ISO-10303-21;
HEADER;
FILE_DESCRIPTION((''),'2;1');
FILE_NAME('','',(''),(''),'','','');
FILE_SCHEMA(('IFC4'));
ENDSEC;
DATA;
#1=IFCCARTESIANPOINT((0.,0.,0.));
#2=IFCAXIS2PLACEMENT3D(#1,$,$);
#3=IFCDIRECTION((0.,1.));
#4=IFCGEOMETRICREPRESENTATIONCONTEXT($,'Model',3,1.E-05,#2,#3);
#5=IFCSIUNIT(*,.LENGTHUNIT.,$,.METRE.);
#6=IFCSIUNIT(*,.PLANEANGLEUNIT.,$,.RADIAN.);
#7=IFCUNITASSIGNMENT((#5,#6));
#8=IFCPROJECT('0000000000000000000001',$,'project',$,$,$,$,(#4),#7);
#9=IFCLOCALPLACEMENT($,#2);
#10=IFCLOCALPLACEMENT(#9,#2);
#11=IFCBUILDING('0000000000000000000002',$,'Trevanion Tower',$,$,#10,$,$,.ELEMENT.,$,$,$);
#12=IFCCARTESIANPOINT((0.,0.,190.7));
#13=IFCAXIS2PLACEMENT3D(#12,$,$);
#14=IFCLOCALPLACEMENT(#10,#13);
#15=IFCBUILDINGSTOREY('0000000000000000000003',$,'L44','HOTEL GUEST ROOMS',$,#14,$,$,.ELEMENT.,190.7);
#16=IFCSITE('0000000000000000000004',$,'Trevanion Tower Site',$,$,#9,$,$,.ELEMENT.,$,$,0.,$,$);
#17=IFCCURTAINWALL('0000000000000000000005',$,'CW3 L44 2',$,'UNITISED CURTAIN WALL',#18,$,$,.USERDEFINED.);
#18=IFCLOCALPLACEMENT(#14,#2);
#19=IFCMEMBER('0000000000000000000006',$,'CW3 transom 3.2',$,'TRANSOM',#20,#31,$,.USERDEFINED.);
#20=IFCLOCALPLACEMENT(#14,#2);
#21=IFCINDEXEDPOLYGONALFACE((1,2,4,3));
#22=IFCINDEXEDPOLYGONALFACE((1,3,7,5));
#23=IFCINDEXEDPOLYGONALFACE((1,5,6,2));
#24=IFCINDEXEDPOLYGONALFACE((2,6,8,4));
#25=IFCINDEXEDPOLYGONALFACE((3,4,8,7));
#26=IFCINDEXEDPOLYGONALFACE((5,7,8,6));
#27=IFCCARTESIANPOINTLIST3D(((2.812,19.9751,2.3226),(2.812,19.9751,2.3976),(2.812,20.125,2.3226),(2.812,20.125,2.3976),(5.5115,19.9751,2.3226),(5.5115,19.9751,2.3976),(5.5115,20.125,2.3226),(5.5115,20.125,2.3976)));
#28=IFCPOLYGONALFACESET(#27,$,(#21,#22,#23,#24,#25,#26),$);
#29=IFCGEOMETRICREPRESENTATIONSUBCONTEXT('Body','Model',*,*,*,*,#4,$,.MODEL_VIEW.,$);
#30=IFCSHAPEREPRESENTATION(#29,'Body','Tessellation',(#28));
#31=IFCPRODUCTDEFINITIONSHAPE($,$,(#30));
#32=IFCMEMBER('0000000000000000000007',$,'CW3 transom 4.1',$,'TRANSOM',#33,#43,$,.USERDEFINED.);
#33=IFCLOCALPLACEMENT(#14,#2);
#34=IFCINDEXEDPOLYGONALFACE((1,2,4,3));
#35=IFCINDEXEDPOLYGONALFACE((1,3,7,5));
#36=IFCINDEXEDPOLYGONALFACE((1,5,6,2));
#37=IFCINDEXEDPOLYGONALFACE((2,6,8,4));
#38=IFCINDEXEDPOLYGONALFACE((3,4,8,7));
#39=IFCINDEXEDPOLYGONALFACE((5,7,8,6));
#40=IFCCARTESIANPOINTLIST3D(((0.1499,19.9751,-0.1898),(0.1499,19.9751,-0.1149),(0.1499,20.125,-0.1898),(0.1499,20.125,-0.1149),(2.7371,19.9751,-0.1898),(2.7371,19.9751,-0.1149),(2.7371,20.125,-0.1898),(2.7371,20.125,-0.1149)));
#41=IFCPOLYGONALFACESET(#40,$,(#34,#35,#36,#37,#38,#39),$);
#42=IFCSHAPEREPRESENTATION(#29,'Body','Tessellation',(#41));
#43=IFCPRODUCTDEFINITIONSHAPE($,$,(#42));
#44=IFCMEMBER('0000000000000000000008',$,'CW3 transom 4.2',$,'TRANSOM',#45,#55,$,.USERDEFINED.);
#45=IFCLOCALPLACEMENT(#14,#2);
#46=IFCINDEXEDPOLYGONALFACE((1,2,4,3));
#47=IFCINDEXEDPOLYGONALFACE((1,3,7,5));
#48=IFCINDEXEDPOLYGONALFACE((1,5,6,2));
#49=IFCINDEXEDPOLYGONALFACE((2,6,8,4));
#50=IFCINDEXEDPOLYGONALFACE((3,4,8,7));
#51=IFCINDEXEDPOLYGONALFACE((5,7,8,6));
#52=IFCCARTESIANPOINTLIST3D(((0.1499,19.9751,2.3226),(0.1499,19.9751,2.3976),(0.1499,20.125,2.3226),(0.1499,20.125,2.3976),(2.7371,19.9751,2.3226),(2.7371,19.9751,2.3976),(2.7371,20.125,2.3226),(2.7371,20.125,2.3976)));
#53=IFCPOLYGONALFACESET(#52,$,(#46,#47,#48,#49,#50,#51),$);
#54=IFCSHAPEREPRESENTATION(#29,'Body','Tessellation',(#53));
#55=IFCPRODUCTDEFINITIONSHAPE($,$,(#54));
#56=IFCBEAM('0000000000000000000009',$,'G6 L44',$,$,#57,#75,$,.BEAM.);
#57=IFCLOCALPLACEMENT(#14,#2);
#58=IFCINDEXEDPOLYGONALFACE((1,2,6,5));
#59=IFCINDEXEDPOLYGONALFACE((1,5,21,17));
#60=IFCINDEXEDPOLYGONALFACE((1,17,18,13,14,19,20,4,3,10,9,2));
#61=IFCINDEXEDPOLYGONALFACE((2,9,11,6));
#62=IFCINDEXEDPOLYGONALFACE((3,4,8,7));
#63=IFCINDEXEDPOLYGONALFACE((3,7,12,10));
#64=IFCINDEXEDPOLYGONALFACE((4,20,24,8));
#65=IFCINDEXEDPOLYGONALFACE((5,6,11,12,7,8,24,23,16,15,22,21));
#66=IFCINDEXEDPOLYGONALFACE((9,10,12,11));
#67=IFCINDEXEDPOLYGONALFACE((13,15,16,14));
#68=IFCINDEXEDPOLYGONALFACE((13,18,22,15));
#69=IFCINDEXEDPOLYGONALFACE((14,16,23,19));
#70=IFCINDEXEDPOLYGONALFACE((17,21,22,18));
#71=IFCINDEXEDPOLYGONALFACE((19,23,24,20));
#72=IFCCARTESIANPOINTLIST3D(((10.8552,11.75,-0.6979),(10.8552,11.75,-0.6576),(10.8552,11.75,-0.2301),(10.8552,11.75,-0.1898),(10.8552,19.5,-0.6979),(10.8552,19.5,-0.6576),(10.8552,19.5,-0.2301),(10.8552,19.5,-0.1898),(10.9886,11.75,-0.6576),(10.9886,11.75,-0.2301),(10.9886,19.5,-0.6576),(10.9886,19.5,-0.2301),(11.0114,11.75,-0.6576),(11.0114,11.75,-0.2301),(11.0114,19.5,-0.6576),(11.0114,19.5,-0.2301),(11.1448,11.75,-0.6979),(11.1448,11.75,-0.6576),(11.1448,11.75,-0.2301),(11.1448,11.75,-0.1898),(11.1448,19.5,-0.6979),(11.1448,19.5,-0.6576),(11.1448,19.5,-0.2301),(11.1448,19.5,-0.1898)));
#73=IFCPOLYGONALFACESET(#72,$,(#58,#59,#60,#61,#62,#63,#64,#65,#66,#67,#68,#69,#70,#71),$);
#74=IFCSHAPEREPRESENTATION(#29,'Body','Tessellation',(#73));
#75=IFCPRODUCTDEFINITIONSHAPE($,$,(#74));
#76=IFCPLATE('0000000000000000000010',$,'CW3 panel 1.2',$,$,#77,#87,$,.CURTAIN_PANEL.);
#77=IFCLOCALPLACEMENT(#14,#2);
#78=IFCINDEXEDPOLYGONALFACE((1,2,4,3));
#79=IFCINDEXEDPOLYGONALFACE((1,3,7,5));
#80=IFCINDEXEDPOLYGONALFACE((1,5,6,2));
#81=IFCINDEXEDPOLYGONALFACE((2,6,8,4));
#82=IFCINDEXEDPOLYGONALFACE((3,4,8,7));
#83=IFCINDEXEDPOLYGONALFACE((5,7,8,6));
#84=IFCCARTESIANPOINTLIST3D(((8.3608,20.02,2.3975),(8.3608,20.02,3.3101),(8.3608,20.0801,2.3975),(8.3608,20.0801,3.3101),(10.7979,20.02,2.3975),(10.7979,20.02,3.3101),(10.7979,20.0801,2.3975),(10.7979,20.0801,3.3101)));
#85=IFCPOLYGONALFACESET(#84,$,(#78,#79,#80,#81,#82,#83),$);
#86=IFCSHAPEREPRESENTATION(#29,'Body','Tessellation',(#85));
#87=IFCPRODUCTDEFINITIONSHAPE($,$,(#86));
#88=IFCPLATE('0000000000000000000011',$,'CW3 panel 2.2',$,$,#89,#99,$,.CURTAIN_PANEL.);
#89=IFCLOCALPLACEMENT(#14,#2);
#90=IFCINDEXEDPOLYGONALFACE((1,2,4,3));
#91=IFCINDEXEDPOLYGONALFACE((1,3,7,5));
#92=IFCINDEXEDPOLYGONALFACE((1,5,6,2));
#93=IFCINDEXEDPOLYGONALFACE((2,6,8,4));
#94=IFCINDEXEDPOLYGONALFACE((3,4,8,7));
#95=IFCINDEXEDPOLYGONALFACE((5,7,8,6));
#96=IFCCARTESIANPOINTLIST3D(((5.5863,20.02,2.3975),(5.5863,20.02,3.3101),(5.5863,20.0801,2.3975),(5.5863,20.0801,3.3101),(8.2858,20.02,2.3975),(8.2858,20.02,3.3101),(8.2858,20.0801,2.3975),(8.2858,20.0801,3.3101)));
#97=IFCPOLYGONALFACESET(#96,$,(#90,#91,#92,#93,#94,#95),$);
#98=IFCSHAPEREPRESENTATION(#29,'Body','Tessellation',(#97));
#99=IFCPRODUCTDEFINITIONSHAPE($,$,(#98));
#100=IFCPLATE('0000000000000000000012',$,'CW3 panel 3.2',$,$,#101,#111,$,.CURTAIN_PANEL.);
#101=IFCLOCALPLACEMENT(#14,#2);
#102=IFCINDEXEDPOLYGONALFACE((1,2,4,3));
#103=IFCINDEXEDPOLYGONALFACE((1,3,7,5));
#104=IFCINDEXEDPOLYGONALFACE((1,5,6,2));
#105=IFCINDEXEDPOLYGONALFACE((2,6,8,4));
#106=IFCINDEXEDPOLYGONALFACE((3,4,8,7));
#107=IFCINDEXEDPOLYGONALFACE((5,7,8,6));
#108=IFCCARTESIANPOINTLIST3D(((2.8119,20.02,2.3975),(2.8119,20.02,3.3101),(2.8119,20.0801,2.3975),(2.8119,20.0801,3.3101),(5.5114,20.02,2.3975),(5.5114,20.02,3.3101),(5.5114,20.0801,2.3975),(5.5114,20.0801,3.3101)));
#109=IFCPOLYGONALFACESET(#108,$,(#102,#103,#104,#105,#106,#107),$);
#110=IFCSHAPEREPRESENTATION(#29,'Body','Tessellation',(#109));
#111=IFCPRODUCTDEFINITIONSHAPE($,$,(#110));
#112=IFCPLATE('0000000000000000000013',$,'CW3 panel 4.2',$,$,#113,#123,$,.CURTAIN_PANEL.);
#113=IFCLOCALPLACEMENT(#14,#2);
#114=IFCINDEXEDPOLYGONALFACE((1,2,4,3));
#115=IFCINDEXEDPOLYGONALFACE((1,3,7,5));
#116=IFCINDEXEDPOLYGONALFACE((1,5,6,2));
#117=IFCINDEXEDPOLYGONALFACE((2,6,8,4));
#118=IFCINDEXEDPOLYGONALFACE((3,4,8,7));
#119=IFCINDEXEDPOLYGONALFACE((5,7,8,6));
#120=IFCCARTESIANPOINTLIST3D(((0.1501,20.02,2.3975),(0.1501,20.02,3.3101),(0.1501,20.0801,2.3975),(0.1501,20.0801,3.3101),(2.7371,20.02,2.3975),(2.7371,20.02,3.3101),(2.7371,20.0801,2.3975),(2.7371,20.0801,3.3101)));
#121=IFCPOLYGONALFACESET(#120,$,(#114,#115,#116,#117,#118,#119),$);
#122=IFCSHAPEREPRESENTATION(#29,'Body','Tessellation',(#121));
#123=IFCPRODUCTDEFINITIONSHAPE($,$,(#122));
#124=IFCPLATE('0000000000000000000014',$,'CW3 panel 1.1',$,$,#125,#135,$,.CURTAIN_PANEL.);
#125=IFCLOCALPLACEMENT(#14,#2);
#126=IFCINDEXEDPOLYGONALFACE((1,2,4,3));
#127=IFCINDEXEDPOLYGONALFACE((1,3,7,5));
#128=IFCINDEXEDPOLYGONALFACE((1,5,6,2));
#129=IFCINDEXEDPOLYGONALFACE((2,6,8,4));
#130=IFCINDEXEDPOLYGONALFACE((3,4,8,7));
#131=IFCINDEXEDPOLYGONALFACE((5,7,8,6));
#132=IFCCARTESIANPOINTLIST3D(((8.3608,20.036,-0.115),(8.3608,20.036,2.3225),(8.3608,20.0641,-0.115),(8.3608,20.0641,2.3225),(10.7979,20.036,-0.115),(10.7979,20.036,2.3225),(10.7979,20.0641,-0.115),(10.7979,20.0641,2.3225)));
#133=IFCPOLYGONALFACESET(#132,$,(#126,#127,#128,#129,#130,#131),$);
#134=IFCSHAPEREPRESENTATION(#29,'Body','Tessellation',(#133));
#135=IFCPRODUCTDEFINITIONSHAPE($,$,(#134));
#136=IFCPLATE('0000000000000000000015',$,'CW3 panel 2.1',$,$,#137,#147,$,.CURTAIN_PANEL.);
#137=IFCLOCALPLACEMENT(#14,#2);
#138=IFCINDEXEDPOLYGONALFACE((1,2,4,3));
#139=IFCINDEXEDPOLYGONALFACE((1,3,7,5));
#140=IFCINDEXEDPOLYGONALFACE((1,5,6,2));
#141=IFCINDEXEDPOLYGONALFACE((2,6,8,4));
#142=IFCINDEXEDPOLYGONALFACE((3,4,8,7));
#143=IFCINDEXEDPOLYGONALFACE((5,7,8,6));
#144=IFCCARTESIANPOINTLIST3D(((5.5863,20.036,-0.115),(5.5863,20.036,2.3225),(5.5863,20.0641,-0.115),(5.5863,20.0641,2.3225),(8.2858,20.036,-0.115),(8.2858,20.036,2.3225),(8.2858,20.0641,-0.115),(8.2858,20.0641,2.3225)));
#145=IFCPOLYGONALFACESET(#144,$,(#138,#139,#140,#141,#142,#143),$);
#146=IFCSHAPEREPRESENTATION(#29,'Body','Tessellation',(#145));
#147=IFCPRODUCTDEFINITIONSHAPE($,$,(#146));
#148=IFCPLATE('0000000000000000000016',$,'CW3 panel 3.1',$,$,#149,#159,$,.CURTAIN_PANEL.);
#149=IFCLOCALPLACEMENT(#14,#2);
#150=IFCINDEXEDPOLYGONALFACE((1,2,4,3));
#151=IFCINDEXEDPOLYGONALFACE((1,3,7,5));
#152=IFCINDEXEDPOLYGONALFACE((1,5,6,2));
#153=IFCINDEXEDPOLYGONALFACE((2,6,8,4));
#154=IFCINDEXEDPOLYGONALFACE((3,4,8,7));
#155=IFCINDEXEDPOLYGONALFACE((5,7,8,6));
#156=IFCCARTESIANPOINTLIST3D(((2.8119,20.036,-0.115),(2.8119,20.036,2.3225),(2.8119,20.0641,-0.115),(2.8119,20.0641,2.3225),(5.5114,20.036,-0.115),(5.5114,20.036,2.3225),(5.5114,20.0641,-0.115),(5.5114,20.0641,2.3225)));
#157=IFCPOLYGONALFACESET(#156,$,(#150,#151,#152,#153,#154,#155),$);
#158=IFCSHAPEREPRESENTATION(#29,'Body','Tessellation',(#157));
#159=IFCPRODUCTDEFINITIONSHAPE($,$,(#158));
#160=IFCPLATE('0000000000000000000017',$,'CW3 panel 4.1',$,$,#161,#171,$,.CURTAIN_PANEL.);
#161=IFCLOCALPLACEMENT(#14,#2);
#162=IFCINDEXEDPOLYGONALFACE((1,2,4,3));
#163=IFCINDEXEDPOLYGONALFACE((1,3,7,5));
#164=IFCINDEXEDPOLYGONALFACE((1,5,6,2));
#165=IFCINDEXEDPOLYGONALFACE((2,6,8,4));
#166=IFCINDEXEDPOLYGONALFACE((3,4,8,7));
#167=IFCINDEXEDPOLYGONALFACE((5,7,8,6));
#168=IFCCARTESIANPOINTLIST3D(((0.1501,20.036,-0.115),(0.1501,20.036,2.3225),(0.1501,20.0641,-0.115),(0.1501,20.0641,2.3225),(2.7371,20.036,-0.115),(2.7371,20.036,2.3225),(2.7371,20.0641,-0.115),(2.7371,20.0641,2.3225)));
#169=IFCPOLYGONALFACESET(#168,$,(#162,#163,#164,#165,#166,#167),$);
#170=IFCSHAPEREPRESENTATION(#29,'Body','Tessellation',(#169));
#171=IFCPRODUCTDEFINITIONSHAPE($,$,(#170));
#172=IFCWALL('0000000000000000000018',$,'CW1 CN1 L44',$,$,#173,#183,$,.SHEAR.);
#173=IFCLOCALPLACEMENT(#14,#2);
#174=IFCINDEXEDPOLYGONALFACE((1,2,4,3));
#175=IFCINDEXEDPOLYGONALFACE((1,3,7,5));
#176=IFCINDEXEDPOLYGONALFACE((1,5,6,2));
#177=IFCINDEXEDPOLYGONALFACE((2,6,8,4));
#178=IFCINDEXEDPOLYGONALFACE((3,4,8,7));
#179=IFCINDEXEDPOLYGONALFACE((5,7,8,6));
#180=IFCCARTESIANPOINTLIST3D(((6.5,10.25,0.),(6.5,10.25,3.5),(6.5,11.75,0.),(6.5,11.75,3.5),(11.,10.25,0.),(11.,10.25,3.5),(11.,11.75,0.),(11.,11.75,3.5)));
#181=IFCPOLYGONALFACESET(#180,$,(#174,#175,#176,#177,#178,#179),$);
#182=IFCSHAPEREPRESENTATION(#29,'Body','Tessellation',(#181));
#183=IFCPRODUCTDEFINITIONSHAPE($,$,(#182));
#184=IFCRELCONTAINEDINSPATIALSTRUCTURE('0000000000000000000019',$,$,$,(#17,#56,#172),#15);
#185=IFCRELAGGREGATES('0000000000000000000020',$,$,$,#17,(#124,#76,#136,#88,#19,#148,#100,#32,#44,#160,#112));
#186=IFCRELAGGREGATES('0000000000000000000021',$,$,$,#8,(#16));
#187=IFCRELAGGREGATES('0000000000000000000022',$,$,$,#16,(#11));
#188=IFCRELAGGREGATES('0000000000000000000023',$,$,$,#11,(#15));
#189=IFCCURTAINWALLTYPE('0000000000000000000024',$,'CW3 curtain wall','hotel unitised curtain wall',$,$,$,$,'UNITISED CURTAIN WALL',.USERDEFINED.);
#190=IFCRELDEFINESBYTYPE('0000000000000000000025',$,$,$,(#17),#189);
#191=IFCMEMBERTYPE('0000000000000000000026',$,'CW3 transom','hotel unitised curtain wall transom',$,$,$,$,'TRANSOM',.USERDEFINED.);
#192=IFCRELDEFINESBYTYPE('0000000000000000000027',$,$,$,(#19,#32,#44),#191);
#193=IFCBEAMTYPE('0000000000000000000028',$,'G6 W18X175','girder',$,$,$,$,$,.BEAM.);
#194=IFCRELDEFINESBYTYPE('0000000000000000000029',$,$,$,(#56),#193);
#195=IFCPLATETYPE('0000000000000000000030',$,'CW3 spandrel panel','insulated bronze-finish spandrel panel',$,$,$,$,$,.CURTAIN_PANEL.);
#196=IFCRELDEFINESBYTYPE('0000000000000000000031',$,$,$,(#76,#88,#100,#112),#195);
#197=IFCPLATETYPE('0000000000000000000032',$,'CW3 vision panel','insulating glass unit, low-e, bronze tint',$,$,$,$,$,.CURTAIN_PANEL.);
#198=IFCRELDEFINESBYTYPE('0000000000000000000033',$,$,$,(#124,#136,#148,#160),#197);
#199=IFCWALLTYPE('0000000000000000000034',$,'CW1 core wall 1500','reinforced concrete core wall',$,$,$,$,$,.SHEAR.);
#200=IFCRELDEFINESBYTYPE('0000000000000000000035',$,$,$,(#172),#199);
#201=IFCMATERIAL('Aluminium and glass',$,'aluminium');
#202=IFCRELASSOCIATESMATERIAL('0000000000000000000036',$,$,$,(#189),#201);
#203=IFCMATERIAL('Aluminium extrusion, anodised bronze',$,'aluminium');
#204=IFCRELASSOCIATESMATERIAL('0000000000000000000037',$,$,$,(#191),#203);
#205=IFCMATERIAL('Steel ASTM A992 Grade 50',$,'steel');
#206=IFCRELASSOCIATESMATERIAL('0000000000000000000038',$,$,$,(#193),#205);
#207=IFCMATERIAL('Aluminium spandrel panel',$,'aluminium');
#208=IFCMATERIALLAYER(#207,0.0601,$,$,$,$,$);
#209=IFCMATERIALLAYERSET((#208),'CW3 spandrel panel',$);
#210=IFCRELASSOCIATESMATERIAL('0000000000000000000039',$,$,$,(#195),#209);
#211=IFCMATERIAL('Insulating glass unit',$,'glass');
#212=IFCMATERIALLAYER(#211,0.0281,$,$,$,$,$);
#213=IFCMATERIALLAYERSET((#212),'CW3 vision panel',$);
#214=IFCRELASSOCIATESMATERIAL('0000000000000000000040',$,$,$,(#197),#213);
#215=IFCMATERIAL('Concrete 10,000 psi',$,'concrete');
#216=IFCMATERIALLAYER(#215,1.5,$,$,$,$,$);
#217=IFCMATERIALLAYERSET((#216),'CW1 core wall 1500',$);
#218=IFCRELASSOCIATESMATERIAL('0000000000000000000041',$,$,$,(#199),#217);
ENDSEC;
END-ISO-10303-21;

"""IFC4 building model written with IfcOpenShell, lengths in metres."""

from ifc_helpers import new_model, si_unit, direction, frame, frame_2d, origin, origin_2d, place, context, subcontext, project, spatial, rectangle, i_section, extrude, material, layer, layer_set, material_profile, profile_set, type_object, element, aggregate, save


model = new_model("IFC4")

# Units and contexts
model_context = context("Model", 3, precision=1e-05, world=origin(), true_north=direction((0.0, 1.0)))
body_context = subcontext(model_context, "Body", "Model", "MODEL_VIEW")
ifc_project = project(units=[si_unit("LENGTHUNIT", "METRE"), si_unit("PLANEANGLEUNIT", "RADIAN")], contexts=[model_context])

# Site, building, storey
site_placement = place(None, origin())
site = spatial("IfcSite", under=ifc_project, at=site_placement, Name="Trevanion Tower Site", CompositionType="ELEMENT", RefElevation=0.0)
building_placement = place(site_placement, origin())
building = spatial("IfcBuilding", under=site, at=building_placement, Name="Trevanion Tower", CompositionType="ELEMENT")
storey_placement = place(building_placement, frame((0.0, 0.0, 190.7)))
storey = spatial("IfcBuildingStorey", under=building, at=storey_placement, Name="L44", Description="HOTEL GUEST ROOMS", CompositionType="ELEMENT", Elevation=190.7)

# Curtain wall, members
ifc_material_1 = material(Name="Aluminium and glass", Category="aluminium")
curtain_wall_type = type_object("IfcCurtainWallType", Name="CW3 curtain wall", Description="hotel unitised curtain wall", ElementType="UNITISED CURTAIN WALL", PredefinedType="USERDEFINED", material=ifc_material_1)
curtain_wall_placement = place(storey_placement, origin())
curtain_wall = element("IfcCurtainWall", 1, at=curtain_wall_placement, inside=storey, type_object=curtain_wall_type, Name="CW3 L44 2", ObjectType="UNITISED CURTAIN WALL", PredefinedType="USERDEFINED")
ifc_material_2 = material(Name="Aluminium extrusion, anodised bronze", Category="aluminium")
ifc_material_profile_1 = material_profile(ifc_material_2, rectangle(XDim=0.1499, YDim=0.075, at=origin_2d()), Name="CW3 transom")
ifc_profile_set_1 = profile_set([ifc_material_profile_1], Name="Aluminium extrusion, anodised bronze")
member_type_1 = type_object("IfcMemberType", Name="CW3 transom", Description="hotel unitised curtain wall transom", ElementType="TRANSOM", PredefinedType="USERDEFINED", material=ifc_profile_set_1)
member_1_placement = place(storey_placement, frame((5.5115, 20.05, 2.3601), z_axis=(-1.0, 0.0, 0.0), x_axis=(0.0, -1.0, 0.0)))
member_1 = element("IfcMember", 2, at=member_1_placement, type_object=member_type_1, Name="CW3 transom 3.2", ObjectType="TRANSOM", PredefinedType="USERDEFINED", context=body_context, shape_type="SweptSolid", body=[
    extrude(rectangle(XDim=0.1499, YDim=0.075, at=origin_2d()), origin(), (0.0, 0.0, 1.0), 2.6995),
])
member_2_placement = place(storey_placement, frame((2.7371, 20.05, -0.1523), z_axis=(-1.0, 0.0, 0.0), x_axis=(0.0, -1.0, 0.0)))
member_2 = element("IfcMember", 3, at=member_2_placement, type_object=member_type_1, Name="CW3 transom 4.1", ObjectType="TRANSOM", PredefinedType="USERDEFINED", context=body_context, shape_type="SweptSolid", body=[
    extrude(rectangle(XDim=0.1499, YDim=0.075, at=origin_2d()), origin(), (0.0, 0.0, 1.0), 2.5872),
])
member_3_placement = place(storey_placement, frame((2.7371, 20.05, 2.3601), z_axis=(-1.0, 0.0, 0.0), x_axis=(0.0, -1.0, 0.0)))
member_3 = element("IfcMember", 4, at=member_3_placement, type_object=member_type_1, Name="CW3 transom 4.2", ObjectType="TRANSOM", PredefinedType="USERDEFINED", context=body_context, shape_type="SweptSolid", body=[
    extrude(rectangle(XDim=0.1499, YDim=0.075, at=origin_2d()), origin(), (0.0, 0.0, 1.0), 2.5872),
])

# Beam
ifc_material_3 = material(Name="Steel ASTM A992 Grade 50", Category="steel")
ifc_material_profile_2 = material_profile(ifc_material_3, i_section(OverallWidth=0.2896, OverallDepth=0.5081, WebThickness=0.0227, FlangeThickness=0.0403, at=origin_2d()), Name="W18X175")
ifc_profile_set_2 = profile_set([ifc_material_profile_2], Name="Steel ASTM A992 Grade 50")
beam_type_1 = type_object("IfcBeamType", Name="G6 W18X175", Description="girder", PredefinedType="BEAM", material=ifc_profile_set_2)
beam_placement = place(storey_placement, frame((11.0, 11.75, -0.4438), z_axis=(0.0, 1.0, 0.0), x_axis=(-1.0, 0.0, 0.0)))
element("IfcBeam", 5, at=beam_placement, inside=storey, type_object=beam_type_1, Name="G6 L44", PredefinedType="BEAM", context=body_context, shape_type="SweptSolid", body=[
    extrude(i_section(OverallWidth=0.2896, OverallDepth=0.5081, WebThickness=0.0227, FlangeThickness=0.0403, at=origin_2d()), origin(), (0.0, 0.0, 1.0), 7.75),
])

# Plates
ifc_material_4 = material(Name="Aluminium spandrel panel", Category="aluminium")
ifc_layer_1 = layer(ifc_material_4, 0.0601)
ifc_layer_set_1 = layer_set([ifc_layer_1], Name="CW3 spandrel panel")
plate_type_1 = type_object("IfcPlateType", Name="CW3 spandrel panel", Description="insulated bronze-finish spandrel panel", PredefinedType="CURTAIN_PANEL", material=ifc_layer_set_1)
plate_1_placement = place(storey_placement, frame((9.5793, 20.05, 2.3975), z_axis=(0.0, 0.0, 1.0), x_axis=(-1.0, 0.0, 0.0)))
plate_1 = element("IfcPlate", 6, at=plate_1_placement, type_object=plate_type_1, Name="CW3 panel 1.2", PredefinedType="CURTAIN_PANEL", context=body_context, shape_type="SweptSolid", body=[
    extrude(rectangle(XDim=2.437, YDim=0.0601, at=origin_2d()), origin(), (0.0, 0.0, 1.0), 0.9126),
])
plate_2_placement = place(storey_placement, frame((6.936, 20.05, 2.3975), z_axis=(0.0, 0.0, 1.0), x_axis=(-1.0, 0.0, 0.0)))
plate_2 = element("IfcPlate", 7, at=plate_2_placement, type_object=plate_type_1, Name="CW3 panel 2.2", PredefinedType="CURTAIN_PANEL", context=body_context, shape_type="SweptSolid", body=[
    extrude(rectangle(XDim=2.6995, YDim=0.0601, at=origin_2d()), origin(), (0.0, 0.0, 1.0), 0.9126),
])
plate_3_placement = place(storey_placement, frame((4.1616, 20.05, 2.3975), z_axis=(0.0, 0.0, 1.0), x_axis=(-1.0, 0.0, 0.0)))
plate_3 = element("IfcPlate", 8, at=plate_3_placement, type_object=plate_type_1, Name="CW3 panel 3.2", PredefinedType="CURTAIN_PANEL", context=body_context, shape_type="SweptSolid", body=[
    extrude(rectangle(XDim=2.6995, YDim=0.0601, at=origin_2d()), origin(), (0.0, 0.0, 1.0), 0.9126),
])
plate_4_placement = place(storey_placement, frame((1.4436, 20.05, 2.3975), z_axis=(0.0, 0.0, 1.0), x_axis=(-1.0, 0.0, 0.0)))
plate_4 = element("IfcPlate", 9, at=plate_4_placement, type_object=plate_type_1, Name="CW3 panel 4.2", PredefinedType="CURTAIN_PANEL", context=body_context, shape_type="SweptSolid", body=[
    extrude(rectangle(XDim=2.5869, YDim=0.0601, at=origin_2d()), origin(), (0.0, 0.0, 1.0), 0.9126),
])
ifc_material_5 = material(Name="Insulating glass unit", Category="glass")
ifc_layer_2 = layer(ifc_material_5, 0.0281)
ifc_layer_set_2 = layer_set([ifc_layer_2], Name="CW3 vision panel")
plate_type_2 = type_object("IfcPlateType", Name="CW3 vision panel", Description="insulating glass unit, low-e, bronze tint", PredefinedType="CURTAIN_PANEL", material=ifc_layer_set_2)
plate_5_placement = place(storey_placement, frame((9.5793, 20.05, -0.115), z_axis=(0.0, 0.0, 1.0), x_axis=(-1.0, 0.0, 0.0)))
plate_5 = element("IfcPlate", 10, at=plate_5_placement, type_object=plate_type_2, Name="CW3 panel 1.1", PredefinedType="CURTAIN_PANEL", context=body_context, shape_type="SweptSolid", body=[
    extrude(rectangle(XDim=2.437, YDim=0.0281, at=origin_2d()), origin(), (0.0, 0.0, 1.0), 2.4375),
])
plate_6_placement = place(storey_placement, frame((6.936, 20.05, -0.115), z_axis=(0.0, 0.0, 1.0), x_axis=(-1.0, 0.0, 0.0)))
plate_6 = element("IfcPlate", 11, at=plate_6_placement, type_object=plate_type_2, Name="CW3 panel 2.1", PredefinedType="CURTAIN_PANEL", context=body_context, shape_type="SweptSolid", body=[
    extrude(rectangle(XDim=2.6995, YDim=0.0281, at=origin_2d()), origin(), (0.0, 0.0, 1.0), 2.4375),
])
plate_7_placement = place(storey_placement, frame((4.1616, 20.05, -0.115), z_axis=(0.0, 0.0, 1.0), x_axis=(-1.0, 0.0, 0.0)))
plate_7 = element("IfcPlate", 12, at=plate_7_placement, type_object=plate_type_2, Name="CW3 panel 3.1", PredefinedType="CURTAIN_PANEL", context=body_context, shape_type="SweptSolid", body=[
    extrude(rectangle(XDim=2.6995, YDim=0.0281, at=origin_2d()), origin(), (0.0, 0.0, 1.0), 2.4375),
])
plate_8_placement = place(storey_placement, frame((1.4436, 20.05, -0.115), z_axis=(0.0, 0.0, 1.0), x_axis=(-1.0, 0.0, 0.0)))
plate_8 = element("IfcPlate", 13, at=plate_8_placement, type_object=plate_type_2, Name="CW3 panel 4.1", PredefinedType="CURTAIN_PANEL", context=body_context, shape_type="SweptSolid", body=[
    extrude(rectangle(XDim=2.5869, YDim=0.0281, at=origin_2d()), origin(), (0.0, 0.0, 1.0), 2.4375),
])
aggregate(curtain_wall, [plate_5, plate_1, plate_6, plate_2, member_1, plate_7, plate_3, member_2, member_3, plate_8, plate_4])

# Wall
ifc_material_6 = material(Name="Concrete 10,000 psi", Category="concrete")
ifc_layer_3 = layer(ifc_material_6, 1.5)
ifc_layer_set_3 = layer_set([ifc_layer_3], Name="CW1 core wall 1500")
wall_type_1 = type_object("IfcWallType", Name="CW1 core wall 1500", Description="reinforced concrete core wall", PredefinedType="SHEAR", material=ifc_layer_set_3)
wall_1_placement = place(storey_placement, frame((11.0, 11.0, 0.0), z_axis=(0.0, 0.0, 1.0), x_axis=(-1.0, 0.0, 0.0)))
element("IfcWall", 14, at=wall_1_placement, inside=storey, type_object=wall_type_1, Name="CW1 CN1 L44", PredefinedType="SHEAR", context=body_context, shape_type="SweptSolid", body=[
    extrude(rectangle(XDim=4.5, YDim=1.5, at=frame_2d((2.25, 0.0))), origin(), (0.0, 0.0, 1.0), 3.5),
])

save(model, "model.ifc")
